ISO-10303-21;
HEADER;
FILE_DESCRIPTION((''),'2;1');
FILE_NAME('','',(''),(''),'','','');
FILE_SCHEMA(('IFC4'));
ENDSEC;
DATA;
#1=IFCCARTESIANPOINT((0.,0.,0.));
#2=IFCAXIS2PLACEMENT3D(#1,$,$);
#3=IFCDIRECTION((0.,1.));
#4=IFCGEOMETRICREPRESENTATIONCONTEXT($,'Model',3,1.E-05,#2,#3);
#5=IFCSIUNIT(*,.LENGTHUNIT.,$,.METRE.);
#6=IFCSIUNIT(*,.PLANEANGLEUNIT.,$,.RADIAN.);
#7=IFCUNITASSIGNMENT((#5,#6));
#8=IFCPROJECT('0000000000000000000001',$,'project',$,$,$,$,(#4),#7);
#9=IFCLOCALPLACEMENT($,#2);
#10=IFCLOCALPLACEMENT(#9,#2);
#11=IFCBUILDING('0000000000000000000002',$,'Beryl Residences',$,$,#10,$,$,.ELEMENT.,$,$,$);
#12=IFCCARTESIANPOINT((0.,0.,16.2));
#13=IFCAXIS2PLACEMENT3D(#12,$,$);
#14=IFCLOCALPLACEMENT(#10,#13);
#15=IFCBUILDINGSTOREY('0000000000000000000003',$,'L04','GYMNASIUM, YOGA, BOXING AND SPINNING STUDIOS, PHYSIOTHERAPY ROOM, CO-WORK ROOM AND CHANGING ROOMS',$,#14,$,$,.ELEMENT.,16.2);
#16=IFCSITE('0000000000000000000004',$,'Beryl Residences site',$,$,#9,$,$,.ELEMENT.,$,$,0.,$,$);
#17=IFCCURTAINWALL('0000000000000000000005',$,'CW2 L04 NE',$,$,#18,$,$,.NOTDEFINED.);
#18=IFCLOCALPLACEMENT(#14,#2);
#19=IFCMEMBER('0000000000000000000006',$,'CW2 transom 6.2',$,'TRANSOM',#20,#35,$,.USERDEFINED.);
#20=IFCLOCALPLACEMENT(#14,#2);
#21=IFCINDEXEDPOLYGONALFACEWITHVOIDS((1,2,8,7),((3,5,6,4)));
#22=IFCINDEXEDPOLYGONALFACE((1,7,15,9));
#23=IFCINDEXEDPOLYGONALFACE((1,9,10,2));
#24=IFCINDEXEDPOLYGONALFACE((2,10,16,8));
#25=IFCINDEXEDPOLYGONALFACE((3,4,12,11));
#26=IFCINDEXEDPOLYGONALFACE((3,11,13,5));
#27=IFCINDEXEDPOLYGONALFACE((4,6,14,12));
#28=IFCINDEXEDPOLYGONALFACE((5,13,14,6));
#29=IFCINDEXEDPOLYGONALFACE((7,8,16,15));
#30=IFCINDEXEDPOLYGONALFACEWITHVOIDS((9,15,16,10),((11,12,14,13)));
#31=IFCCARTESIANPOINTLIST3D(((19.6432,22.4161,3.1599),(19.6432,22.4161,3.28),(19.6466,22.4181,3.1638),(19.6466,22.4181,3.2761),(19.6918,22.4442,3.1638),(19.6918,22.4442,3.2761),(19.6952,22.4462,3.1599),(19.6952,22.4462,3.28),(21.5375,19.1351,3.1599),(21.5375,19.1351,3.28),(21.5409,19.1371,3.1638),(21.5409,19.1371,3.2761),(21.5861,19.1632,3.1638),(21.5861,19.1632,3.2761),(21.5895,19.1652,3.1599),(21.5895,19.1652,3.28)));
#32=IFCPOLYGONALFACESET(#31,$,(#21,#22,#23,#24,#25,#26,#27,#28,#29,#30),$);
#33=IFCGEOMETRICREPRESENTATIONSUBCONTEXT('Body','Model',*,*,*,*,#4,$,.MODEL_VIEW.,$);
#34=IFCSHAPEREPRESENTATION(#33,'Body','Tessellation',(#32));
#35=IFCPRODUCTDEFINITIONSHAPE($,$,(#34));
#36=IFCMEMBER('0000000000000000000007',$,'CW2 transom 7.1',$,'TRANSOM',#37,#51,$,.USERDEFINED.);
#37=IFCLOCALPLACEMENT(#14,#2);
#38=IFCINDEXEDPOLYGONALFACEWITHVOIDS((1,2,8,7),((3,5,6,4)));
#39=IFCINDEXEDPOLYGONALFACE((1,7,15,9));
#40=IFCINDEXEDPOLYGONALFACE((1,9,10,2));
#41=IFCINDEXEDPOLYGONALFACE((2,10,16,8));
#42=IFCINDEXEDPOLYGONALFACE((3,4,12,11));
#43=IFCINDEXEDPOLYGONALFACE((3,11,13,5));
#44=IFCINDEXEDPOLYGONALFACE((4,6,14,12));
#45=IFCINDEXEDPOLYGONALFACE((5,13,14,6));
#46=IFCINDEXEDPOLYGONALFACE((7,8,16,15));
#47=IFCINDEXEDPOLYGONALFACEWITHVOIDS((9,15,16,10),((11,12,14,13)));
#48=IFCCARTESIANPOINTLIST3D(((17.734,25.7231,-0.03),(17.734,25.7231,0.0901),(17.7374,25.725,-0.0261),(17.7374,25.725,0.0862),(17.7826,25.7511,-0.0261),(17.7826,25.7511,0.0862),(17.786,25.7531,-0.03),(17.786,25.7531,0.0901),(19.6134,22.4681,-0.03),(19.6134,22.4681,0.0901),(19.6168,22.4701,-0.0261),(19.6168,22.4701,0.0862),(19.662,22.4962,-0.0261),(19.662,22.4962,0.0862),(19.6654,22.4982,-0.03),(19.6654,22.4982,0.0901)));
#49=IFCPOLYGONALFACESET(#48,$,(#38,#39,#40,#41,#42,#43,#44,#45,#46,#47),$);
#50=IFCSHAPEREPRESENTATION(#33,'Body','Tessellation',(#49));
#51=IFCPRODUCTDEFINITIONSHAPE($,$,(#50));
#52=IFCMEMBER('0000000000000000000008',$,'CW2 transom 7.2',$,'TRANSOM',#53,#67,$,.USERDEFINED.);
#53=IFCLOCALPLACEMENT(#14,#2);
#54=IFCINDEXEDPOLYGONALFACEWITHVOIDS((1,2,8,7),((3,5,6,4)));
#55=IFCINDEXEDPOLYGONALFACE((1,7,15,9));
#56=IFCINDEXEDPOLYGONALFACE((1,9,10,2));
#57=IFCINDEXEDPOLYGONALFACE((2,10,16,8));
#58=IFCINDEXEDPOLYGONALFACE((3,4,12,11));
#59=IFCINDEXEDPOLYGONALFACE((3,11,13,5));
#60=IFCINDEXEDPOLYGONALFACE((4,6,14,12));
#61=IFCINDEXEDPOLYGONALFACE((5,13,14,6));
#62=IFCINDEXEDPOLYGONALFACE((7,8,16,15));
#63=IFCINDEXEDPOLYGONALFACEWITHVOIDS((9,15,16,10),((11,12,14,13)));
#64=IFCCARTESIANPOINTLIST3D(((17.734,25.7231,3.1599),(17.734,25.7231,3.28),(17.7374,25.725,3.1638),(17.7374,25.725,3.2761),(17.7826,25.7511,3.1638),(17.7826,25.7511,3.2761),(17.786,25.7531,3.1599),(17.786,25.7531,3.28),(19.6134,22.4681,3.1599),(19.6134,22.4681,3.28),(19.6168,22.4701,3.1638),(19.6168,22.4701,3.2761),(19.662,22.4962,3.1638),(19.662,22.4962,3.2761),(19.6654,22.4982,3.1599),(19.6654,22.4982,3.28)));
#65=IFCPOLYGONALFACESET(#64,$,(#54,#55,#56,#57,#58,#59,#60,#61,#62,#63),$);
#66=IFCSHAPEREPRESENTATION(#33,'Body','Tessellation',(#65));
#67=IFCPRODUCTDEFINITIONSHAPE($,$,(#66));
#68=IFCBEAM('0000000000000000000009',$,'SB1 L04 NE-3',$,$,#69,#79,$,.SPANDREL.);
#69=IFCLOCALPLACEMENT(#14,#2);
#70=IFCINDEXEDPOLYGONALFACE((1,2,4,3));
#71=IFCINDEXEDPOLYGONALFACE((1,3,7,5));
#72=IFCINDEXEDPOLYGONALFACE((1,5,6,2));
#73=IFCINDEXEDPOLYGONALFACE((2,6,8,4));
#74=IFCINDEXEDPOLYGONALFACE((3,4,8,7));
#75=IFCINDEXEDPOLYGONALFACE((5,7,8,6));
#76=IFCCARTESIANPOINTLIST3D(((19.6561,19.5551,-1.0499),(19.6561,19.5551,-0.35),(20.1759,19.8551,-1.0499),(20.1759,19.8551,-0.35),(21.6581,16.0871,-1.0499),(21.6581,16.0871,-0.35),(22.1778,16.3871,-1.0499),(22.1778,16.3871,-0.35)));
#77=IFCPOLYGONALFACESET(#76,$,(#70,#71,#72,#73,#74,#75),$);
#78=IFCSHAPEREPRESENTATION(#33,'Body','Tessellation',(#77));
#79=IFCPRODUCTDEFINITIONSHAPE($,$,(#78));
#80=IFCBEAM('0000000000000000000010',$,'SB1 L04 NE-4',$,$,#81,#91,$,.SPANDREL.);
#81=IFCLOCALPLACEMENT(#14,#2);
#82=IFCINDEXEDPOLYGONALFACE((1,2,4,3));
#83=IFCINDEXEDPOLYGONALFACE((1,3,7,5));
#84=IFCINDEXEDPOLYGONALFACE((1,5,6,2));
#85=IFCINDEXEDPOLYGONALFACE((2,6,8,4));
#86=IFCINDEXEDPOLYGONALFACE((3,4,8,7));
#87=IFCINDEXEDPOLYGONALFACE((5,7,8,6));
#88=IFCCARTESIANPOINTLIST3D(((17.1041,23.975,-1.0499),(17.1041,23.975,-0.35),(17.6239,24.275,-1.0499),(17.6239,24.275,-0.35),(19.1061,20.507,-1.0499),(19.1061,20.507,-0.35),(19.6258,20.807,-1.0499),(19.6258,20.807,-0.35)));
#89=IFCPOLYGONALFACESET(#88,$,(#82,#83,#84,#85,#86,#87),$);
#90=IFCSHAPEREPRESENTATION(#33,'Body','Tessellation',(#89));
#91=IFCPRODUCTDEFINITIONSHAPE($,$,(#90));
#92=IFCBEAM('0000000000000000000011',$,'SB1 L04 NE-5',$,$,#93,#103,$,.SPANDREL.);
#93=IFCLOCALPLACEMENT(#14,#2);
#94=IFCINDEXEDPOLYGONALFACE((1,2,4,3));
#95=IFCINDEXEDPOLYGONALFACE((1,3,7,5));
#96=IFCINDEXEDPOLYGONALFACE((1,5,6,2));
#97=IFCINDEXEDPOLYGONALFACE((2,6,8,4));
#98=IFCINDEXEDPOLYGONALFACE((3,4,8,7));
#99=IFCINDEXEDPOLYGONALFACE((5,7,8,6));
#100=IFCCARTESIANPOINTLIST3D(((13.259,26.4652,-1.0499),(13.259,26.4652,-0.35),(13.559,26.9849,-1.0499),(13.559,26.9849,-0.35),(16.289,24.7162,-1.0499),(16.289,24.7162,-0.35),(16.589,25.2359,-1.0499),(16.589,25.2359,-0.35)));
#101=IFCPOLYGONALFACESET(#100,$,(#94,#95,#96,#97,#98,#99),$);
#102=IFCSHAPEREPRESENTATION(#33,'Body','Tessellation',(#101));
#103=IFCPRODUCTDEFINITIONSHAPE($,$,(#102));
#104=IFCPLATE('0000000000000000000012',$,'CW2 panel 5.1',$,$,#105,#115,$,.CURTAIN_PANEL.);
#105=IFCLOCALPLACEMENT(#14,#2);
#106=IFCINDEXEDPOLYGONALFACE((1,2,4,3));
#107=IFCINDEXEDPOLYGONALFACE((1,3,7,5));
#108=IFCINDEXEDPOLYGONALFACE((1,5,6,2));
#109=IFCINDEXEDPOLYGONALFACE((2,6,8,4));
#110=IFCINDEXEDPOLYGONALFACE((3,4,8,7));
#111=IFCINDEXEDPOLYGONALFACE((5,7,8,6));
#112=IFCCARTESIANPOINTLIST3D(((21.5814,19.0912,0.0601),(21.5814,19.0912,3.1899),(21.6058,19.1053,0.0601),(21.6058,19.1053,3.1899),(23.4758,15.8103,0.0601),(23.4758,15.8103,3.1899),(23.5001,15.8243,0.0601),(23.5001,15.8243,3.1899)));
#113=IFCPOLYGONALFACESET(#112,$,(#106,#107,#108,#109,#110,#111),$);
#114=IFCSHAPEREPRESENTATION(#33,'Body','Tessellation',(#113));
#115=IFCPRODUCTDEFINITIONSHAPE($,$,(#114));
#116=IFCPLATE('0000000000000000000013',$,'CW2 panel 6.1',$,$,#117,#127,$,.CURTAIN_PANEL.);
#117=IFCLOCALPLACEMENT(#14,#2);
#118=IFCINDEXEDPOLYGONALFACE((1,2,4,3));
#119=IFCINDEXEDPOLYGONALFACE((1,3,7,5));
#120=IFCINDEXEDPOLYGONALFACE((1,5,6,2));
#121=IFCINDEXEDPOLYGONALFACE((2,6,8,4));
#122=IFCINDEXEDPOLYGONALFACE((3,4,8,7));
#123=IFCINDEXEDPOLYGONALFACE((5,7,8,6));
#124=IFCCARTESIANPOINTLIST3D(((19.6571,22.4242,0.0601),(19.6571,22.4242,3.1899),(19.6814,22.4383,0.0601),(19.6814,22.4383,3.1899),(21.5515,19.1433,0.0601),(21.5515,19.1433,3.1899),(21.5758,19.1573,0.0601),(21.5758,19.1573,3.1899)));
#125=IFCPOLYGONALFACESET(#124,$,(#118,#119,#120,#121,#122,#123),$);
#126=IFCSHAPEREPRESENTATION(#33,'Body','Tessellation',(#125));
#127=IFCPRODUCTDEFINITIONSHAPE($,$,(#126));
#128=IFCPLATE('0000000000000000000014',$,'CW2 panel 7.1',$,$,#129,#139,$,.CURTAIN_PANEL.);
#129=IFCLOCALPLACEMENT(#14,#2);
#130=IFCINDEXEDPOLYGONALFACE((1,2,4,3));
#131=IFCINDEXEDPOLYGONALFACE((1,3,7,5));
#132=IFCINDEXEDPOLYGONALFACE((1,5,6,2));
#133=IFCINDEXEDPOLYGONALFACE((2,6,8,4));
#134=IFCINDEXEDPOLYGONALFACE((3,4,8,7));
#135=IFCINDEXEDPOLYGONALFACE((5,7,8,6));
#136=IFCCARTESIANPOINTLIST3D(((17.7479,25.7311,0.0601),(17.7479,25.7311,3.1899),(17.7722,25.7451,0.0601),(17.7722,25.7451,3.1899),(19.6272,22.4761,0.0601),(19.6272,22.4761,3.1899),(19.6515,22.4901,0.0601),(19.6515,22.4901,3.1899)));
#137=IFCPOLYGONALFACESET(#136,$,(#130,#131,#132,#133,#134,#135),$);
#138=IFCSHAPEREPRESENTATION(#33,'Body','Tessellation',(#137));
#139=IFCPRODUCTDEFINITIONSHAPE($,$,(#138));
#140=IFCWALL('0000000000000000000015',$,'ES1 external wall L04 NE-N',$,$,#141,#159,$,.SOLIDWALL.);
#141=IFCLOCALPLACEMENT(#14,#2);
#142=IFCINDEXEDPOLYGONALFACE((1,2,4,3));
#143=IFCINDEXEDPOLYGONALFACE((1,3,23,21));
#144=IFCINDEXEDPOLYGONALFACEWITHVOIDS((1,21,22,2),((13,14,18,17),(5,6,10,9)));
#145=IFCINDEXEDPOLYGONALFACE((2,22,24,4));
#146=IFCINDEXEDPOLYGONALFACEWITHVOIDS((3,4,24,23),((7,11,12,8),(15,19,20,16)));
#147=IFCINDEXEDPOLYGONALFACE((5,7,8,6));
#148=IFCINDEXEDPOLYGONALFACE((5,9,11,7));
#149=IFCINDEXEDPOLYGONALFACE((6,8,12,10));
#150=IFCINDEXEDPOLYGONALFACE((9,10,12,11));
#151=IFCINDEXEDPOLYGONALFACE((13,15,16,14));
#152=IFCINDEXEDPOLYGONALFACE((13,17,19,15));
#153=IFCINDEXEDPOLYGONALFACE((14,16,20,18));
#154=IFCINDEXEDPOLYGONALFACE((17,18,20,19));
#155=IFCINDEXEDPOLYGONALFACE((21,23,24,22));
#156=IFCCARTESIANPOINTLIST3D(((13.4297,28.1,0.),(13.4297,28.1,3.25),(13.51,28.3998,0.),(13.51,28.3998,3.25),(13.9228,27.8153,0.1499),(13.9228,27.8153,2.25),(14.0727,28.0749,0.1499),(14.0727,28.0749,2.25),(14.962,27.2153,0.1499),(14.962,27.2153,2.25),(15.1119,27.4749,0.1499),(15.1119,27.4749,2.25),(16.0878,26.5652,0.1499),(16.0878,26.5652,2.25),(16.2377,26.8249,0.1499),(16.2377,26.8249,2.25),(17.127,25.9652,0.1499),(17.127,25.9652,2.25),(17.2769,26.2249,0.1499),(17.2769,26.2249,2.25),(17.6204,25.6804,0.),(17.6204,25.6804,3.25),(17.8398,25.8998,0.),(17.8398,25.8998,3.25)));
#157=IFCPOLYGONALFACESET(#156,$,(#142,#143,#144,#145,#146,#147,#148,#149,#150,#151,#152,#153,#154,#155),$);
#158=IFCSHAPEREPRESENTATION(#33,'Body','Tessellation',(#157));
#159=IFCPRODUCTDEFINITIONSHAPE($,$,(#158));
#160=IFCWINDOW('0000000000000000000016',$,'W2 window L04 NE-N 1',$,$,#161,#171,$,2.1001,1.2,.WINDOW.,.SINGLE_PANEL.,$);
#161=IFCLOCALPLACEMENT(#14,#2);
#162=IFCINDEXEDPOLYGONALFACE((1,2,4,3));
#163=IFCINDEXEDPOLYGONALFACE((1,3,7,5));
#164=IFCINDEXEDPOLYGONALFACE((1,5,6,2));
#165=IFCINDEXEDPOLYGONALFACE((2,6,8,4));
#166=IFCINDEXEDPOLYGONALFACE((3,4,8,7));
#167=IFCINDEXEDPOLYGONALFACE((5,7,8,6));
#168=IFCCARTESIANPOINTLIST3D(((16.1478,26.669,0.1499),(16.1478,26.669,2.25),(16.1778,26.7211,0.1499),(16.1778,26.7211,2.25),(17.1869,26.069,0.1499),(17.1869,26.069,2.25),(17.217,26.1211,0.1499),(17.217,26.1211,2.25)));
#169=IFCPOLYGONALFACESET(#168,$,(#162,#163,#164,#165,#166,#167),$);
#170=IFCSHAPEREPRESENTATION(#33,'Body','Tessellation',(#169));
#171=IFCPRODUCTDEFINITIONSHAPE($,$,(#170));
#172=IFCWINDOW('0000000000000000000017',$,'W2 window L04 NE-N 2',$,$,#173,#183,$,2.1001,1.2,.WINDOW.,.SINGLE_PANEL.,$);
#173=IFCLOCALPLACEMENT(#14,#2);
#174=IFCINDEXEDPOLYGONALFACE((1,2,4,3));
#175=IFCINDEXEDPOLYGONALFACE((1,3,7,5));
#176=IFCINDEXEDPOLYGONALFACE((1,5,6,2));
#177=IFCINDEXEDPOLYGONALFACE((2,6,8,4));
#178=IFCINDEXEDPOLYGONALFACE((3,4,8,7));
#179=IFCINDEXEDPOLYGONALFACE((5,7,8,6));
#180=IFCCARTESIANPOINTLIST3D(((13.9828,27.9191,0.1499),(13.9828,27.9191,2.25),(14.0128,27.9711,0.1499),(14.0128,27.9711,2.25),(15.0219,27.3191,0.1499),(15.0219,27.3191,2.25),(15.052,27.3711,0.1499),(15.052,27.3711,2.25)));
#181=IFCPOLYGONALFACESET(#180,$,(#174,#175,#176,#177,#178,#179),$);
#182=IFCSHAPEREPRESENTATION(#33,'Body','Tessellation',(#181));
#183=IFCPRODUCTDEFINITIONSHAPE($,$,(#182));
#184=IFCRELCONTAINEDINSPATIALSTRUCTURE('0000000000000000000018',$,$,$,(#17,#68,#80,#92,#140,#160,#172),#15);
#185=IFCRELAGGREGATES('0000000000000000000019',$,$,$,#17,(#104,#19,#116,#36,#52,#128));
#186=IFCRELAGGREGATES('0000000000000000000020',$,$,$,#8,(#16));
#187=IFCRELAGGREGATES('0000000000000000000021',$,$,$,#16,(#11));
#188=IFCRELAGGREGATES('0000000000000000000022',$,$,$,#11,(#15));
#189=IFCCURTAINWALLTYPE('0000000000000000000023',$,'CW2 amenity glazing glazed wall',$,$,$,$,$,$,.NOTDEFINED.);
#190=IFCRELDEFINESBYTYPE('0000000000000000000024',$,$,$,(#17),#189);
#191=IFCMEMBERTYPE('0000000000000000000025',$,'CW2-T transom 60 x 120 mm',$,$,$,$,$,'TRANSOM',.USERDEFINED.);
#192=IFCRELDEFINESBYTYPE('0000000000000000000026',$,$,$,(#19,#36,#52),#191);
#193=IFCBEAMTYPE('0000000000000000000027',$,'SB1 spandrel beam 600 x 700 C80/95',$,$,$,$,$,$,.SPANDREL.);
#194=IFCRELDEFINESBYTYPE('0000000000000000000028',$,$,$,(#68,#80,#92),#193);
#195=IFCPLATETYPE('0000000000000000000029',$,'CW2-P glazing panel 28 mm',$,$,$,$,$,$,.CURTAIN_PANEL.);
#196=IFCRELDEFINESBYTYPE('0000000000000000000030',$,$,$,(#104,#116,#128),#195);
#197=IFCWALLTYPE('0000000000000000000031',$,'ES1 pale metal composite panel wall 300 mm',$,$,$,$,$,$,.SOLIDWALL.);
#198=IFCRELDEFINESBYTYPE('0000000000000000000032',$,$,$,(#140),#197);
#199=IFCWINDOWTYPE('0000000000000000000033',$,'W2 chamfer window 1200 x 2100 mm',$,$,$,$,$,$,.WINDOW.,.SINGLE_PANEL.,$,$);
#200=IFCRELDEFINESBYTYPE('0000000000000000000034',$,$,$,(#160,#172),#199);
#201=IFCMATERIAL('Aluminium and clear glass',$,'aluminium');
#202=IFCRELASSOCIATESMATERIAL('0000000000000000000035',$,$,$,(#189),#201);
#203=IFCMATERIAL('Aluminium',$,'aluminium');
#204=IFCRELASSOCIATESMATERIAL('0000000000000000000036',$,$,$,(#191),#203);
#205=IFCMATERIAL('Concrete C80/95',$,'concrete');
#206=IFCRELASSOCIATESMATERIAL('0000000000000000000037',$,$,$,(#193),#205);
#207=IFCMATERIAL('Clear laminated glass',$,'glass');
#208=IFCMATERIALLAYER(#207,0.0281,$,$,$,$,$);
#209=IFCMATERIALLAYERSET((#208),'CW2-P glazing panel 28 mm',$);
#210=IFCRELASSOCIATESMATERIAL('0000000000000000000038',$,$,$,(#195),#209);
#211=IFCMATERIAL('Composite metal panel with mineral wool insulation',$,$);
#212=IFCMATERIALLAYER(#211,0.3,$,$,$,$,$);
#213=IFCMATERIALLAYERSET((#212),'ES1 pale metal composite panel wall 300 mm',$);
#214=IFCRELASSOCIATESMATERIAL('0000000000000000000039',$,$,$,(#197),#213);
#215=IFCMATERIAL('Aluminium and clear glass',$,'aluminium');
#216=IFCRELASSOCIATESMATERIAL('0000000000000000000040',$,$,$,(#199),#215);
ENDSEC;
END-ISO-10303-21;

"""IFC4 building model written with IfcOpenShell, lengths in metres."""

from ifc_helpers import new_model, si_unit, direction, frame, frame_2d, origin, origin_2d, place, context, subcontext, project, spatial, polyline, rectangle, hollow_rectangle, outline, extrude, material, layer, layer_set, material_profile, profile_set, type_object, element, fill, aggregate, save


model = new_model("IFC4")

# Units and contexts
model_context = context("Model", 3, precision=1e-05, world=origin(), true_north=direction((0.0, 1.0)))
body_context = subcontext(model_context, "Body", "Model", "MODEL_VIEW")
ifc_project = project(units=[si_unit("LENGTHUNIT", "METRE"), si_unit("PLANEANGLEUNIT", "RADIAN")], contexts=[model_context])

# Site, building, storey
site_placement = place(None, origin())
site = spatial("IfcSite", under=ifc_project, at=site_placement, Name="Beryl Residences site", CompositionType="ELEMENT", RefElevation=0.0)
building_placement = place(site_placement, origin())
building = spatial("IfcBuilding", under=site, at=building_placement, Name="Beryl Residences", CompositionType="ELEMENT")
storey_placement = place(building_placement, frame((0.0, 0.0, 16.2)))
storey = spatial("IfcBuildingStorey", under=building, at=storey_placement, Name="L04", Description="GYMNASIUM, YOGA, BOXING AND SPINNING STUDIOS, PHYSIOTHERAPY ROOM, CO-WORK ROOM AND CHANGING ROOMS", CompositionType="ELEMENT", Elevation=16.2)

# Shared definitions
ifc_material_1 = material(Name="Aluminium and clear glass", Category="aluminium")
curtain_wall_type = type_object("IfcCurtainWallType", Name="CW2 amenity glazing glazed wall", PredefinedType="NOTDEFINED", material=ifc_material_1)

# Curtain wall
curtain_wall_1_placement = place(storey_placement, origin())
curtain_wall_1 = element("IfcCurtainWall", 1, at=curtain_wall_1_placement, inside=storey, type_object=curtain_wall_type, Name="CW2 L04 NE", PredefinedType="NOTDEFINED")

# Members
ifc_material_2 = material(Name="Aluminium", Category="aluminium")
ifc_material_profile_1 = material_profile(ifc_material_2, hollow_rectangle(XDim=0.0601, YDim=0.1201, WallThickness=0.0039, at=origin_2d()))
ifc_profile_set_1 = profile_set([ifc_material_profile_1], Name="Aluminium")
member_type_1 = type_object("IfcMemberType", Name="CW2-T transom 60 x 120 mm", ElementType="TRANSOM", PredefinedType="USERDEFINED", material=ifc_profile_set_1)
member_1_placement = place(storey_placement, frame((21.5635, 19.1501, 3.22), z_axis=(-0.5, 0.866026, 0.0), x_axis=(-0.866026, -0.5, 0.0)))
member_1 = element("IfcMember", 2, at=member_1_placement, type_object=member_type_1, Name="CW2 transom 6.2", ObjectType="TRANSOM", PredefinedType="USERDEFINED", context=body_context, shape_type="SweptSolid", body=[
    extrude(hollow_rectangle(XDim=0.0601, YDim=0.1201, WallThickness=0.0039, at=origin_2d()), origin(), (0.0, 0.0, 1.0), 3.7886),
])
member_2_placement = place(storey_placement, frame((19.6394, 22.4832, 0.03), z_axis=(-0.500037, 0.866004, 0.0), x_axis=(-0.866004, -0.500037, 0.0)))
member_2 = element("IfcMember", 3, at=member_2_placement, type_object=member_type_1, Name="CW2 transom 7.1", ObjectType="TRANSOM", PredefinedType="USERDEFINED", context=body_context, shape_type="SweptSolid", body=[
    extrude(hollow_rectangle(XDim=0.0601, YDim=0.1201, WallThickness=0.0039, at=origin_2d()), origin(), (0.0, 0.0, 1.0), 3.7585),
])
member_3_placement = place(storey_placement, frame((19.6394, 22.4832, 3.22), z_axis=(-0.500037, 0.866004, 0.0), x_axis=(-0.866004, -0.500037, 0.0)))
member_3 = element("IfcMember", 4, at=member_3_placement, type_object=member_type_1, Name="CW2 transom 7.2", ObjectType="TRANSOM", PredefinedType="USERDEFINED", context=body_context, shape_type="SweptSolid", body=[
    extrude(hollow_rectangle(XDim=0.0601, YDim=0.1201, WallThickness=0.0039, at=origin_2d()), origin(), (0.0, 0.0, 1.0), 3.7585),
])

# Beams
ifc_material_3 = material(Name="Concrete C80/95", Category="concrete")
ifc_material_profile_2 = material_profile(ifc_material_3, rectangle(XDim=0.6001, YDim=0.7, at=origin_2d()))
ifc_profile_set_2 = profile_set([ifc_material_profile_2], Name="Concrete C80/95")
beam_type = type_object("IfcBeamType", Name="SB1 spandrel beam 600 x 700 C80/95", PredefinedType="SPANDREL", material=ifc_profile_set_2)
for number, where, z_axis, x_axis, name in (
    (5, (21.918, 16.2371, -0.7), (-0.499942, 0.866059, 0.0), (-0.866059, -0.499942, 0.0), "SB1 L04 NE-3"),
    (6, (19.366, 20.657, -0.7), (-0.499942, 0.866059, 0.0), (-0.866059, -0.499942, 0.0), "SB1 L04 NE-4"),
):
    element("IfcBeam", number, at=place(storey_placement, frame(where, z_axis=z_axis, x_axis=x_axis)), inside=storey, type_object=beam_type, Name=name, PredefinedType="SPANDREL", context=body_context, shape_type="SweptSolid", body=[
        extrude(rectangle(XDim=0.6001, YDim=0.7, at=origin_2d()), origin(), (0.0, 0.0, 1.0), 4.0044),
    ])
beam_placement = place(storey_placement, frame((16.439, 24.9761, -0.7), z_axis=(-0.866071, 0.499922, 0.0), x_axis=(-0.499922, -0.866071, 0.0)))
element("IfcBeam", 7, at=beam_placement, inside=storey, type_object=beam_type, Name="SB1 L04 NE-5", PredefinedType="SPANDREL", context=body_context, shape_type="SweptSolid", body=[
    extrude(rectangle(XDim=0.6001, YDim=0.7, at=origin_2d()), origin(), (0.0, 0.0, 1.0), 3.4985),
])

# Plates
ifc_material_4 = material(Name="Clear laminated glass", Category="glass")
ifc_layer_1 = layer(ifc_material_4, 0.0281)
ifc_layer_set_1 = layer_set([ifc_layer_1], Name="CW2-P glazing panel 28 mm")
plate_type = type_object("IfcPlateType", Name="CW2-P glazing panel 28 mm", PredefinedType="CURTAIN_PANEL", material=ifc_layer_set_1)
plate_1_placement = place(storey_placement, frame((22.5408, 17.4578, 0.0601), z_axis=(0.0, 0.0, 1.0), x_axis=(-0.500012, 0.866019, 0.0)))
plate_1 = element("IfcPlate", 8, at=plate_1_placement, type_object=plate_type, Name="CW2 panel 5.1", PredefinedType="CURTAIN_PANEL", context=body_context, shape_type="SweptSolid", body=[
    extrude(rectangle(XDim=3.7886, YDim=0.0281, at=origin_2d()), origin(), (0.0, 0.0, 1.0), 3.1299),
])
plate_2_placement = place(storey_placement, frame((20.6165, 20.7908, 0.0601), z_axis=(0.0, 0.0, 1.0), x_axis=(-0.500012, 0.866019, 0.0)))
plate_2 = element("IfcPlate", 9, at=plate_2_placement, type_object=plate_type, Name="CW2 panel 6.1", PredefinedType="CURTAIN_PANEL", context=body_context, shape_type="SweptSolid", body=[
    extrude(rectangle(XDim=3.7886, YDim=0.0281, at=origin_2d()), origin(), (0.0, 0.0, 1.0), 3.1299),
])
plate_3_placement = place(storey_placement, frame((18.6997, 24.1106, 0.0601), z_axis=(0.0, 0.0, 1.0), x_axis=(-0.500012, 0.866019, 0.0)))
plate_3 = element("IfcPlate", 10, at=plate_3_placement, type_object=plate_type, Name="CW2 panel 7.1", PredefinedType="CURTAIN_PANEL", context=body_context, shape_type="SweptSolid", body=[
    extrude(rectangle(XDim=3.7585, YDim=0.0281, at=origin_2d()), origin(), (0.0, 0.0, 1.0), 3.1299),
])
aggregate(curtain_wall_1, [plate_1, member_1, plate_2, member_2, member_3, plate_3])

# Wall, openings, windows
ifc_material_5 = material(Name="Composite metal panel with mineral wool insulation")
ifc_layer_2 = layer(ifc_material_5, 0.3)
ifc_layer_set_2 = layer_set([ifc_layer_2], Name="ES1 pale metal composite panel wall 300 mm")
wall_type = type_object("IfcWallType", Name="ES1 pale metal composite panel wall 300 mm", PredefinedType="SOLIDWALL", material=ifc_layer_set_2)
wall_placement = place(storey_placement, frame((17.7649, 25.77, 0.0), z_axis=(0.0, 0.0, 1.0), x_axis=(-0.866011, 0.500025, 0.0)))
wall = element("IfcWall", 11, at=wall_placement, inside=storey, type_object=wall_type, Name="ES1 external wall L04 NE-N", PredefinedType="SOLIDWALL", context=body_context, shape_type="SweptSolid", body=[
    extrude(outline(polyline([(0.0, -0.1499), (4.9998, -0.1499), (4.9194, 0.1499), (0.0803, 0.1499), (0.0, -0.1499)])), origin(), (0.0, 0.0, 1.0), 3.25),
])
opening_1_placement = place(wall_placement, frame((0.6499, 0.0, 0.1499)))
opening_1 = element("IfcOpeningElement", 12, at=opening_1_placement, cuts=wall, PredefinedType="OPENING", context=body_context, shape_type="SweptSolid", body=[
    extrude(rectangle(XDim=1.2, YDim=2.1001, at=frame_2d((0.6001, 1.05))), frame((0.0, 0.1599, 0.0), z_axis=(0.0, -1.0, 0.0), x_axis=(1.0, 0.0, 0.0)), (0.0, 0.0, 1.0), 0.3201),
])
opening_2_placement = place(wall_placement, frame((3.1499, 0.0, 0.1499)))
opening_2 = element("IfcOpeningElement", 13, at=opening_2_placement, cuts=wall, PredefinedType="OPENING", context=body_context, shape_type="SweptSolid", body=[
    extrude(rectangle(XDim=1.2, YDim=2.1001, at=frame_2d((0.6001, 1.05))), frame((0.0, 0.1599, 0.0), z_axis=(0.0, -1.0, 0.0), x_axis=(1.0, 0.0, 0.0)), (0.0, 0.0, 1.0), 0.3201),
])
ifc_material_6 = material(Name="Aluminium and clear glass", Category="aluminium")
window_type = type_object("IfcWindowType", Name="W2 chamfer window 1200 x 2100 mm", PartitioningType="SINGLE_PANEL", PredefinedType="WINDOW", material=ifc_material_6)
window_1_placement = place(opening_1_placement, origin())
window_1 = element("IfcWindow", 14, at=window_1_placement, inside=storey, type_object=window_type, Name="W2 window L04 NE-N 1", OverallHeight=2.1001, OverallWidth=1.2, PartitioningType="SINGLE_PANEL", PredefinedType="WINDOW", context=body_context, shape_type="SweptSolid", body=[
    extrude(rectangle(XDim=1.2, YDim=2.1001, at=frame_2d((0.6001, 1.05))), frame((0.0, 0.03, 0.0), z_axis=(0.0, -1.0, 0.0), x_axis=(1.0, 0.0, 0.0)), (0.0, 0.0, 1.0), 0.0601),
])
fill(opening_1, window_1)
window_2_placement = place(opening_2_placement, origin())
window_2 = element("IfcWindow", 15, at=window_2_placement, inside=storey, type_object=window_type, Name="W2 window L04 NE-N 2", OverallHeight=2.1001, OverallWidth=1.2, PartitioningType="SINGLE_PANEL", PredefinedType="WINDOW", context=body_context, shape_type="SweptSolid", body=[
    extrude(rectangle(XDim=1.2, YDim=2.1001, at=frame_2d((0.6001, 1.05))), frame((0.0, 0.03, 0.0), z_axis=(0.0, -1.0, 0.0), x_axis=(1.0, 0.0, 0.0)), (0.0, 0.0, 1.0), 0.0601),
])
fill(opening_2, window_2)

save(model, "model.ifc")
